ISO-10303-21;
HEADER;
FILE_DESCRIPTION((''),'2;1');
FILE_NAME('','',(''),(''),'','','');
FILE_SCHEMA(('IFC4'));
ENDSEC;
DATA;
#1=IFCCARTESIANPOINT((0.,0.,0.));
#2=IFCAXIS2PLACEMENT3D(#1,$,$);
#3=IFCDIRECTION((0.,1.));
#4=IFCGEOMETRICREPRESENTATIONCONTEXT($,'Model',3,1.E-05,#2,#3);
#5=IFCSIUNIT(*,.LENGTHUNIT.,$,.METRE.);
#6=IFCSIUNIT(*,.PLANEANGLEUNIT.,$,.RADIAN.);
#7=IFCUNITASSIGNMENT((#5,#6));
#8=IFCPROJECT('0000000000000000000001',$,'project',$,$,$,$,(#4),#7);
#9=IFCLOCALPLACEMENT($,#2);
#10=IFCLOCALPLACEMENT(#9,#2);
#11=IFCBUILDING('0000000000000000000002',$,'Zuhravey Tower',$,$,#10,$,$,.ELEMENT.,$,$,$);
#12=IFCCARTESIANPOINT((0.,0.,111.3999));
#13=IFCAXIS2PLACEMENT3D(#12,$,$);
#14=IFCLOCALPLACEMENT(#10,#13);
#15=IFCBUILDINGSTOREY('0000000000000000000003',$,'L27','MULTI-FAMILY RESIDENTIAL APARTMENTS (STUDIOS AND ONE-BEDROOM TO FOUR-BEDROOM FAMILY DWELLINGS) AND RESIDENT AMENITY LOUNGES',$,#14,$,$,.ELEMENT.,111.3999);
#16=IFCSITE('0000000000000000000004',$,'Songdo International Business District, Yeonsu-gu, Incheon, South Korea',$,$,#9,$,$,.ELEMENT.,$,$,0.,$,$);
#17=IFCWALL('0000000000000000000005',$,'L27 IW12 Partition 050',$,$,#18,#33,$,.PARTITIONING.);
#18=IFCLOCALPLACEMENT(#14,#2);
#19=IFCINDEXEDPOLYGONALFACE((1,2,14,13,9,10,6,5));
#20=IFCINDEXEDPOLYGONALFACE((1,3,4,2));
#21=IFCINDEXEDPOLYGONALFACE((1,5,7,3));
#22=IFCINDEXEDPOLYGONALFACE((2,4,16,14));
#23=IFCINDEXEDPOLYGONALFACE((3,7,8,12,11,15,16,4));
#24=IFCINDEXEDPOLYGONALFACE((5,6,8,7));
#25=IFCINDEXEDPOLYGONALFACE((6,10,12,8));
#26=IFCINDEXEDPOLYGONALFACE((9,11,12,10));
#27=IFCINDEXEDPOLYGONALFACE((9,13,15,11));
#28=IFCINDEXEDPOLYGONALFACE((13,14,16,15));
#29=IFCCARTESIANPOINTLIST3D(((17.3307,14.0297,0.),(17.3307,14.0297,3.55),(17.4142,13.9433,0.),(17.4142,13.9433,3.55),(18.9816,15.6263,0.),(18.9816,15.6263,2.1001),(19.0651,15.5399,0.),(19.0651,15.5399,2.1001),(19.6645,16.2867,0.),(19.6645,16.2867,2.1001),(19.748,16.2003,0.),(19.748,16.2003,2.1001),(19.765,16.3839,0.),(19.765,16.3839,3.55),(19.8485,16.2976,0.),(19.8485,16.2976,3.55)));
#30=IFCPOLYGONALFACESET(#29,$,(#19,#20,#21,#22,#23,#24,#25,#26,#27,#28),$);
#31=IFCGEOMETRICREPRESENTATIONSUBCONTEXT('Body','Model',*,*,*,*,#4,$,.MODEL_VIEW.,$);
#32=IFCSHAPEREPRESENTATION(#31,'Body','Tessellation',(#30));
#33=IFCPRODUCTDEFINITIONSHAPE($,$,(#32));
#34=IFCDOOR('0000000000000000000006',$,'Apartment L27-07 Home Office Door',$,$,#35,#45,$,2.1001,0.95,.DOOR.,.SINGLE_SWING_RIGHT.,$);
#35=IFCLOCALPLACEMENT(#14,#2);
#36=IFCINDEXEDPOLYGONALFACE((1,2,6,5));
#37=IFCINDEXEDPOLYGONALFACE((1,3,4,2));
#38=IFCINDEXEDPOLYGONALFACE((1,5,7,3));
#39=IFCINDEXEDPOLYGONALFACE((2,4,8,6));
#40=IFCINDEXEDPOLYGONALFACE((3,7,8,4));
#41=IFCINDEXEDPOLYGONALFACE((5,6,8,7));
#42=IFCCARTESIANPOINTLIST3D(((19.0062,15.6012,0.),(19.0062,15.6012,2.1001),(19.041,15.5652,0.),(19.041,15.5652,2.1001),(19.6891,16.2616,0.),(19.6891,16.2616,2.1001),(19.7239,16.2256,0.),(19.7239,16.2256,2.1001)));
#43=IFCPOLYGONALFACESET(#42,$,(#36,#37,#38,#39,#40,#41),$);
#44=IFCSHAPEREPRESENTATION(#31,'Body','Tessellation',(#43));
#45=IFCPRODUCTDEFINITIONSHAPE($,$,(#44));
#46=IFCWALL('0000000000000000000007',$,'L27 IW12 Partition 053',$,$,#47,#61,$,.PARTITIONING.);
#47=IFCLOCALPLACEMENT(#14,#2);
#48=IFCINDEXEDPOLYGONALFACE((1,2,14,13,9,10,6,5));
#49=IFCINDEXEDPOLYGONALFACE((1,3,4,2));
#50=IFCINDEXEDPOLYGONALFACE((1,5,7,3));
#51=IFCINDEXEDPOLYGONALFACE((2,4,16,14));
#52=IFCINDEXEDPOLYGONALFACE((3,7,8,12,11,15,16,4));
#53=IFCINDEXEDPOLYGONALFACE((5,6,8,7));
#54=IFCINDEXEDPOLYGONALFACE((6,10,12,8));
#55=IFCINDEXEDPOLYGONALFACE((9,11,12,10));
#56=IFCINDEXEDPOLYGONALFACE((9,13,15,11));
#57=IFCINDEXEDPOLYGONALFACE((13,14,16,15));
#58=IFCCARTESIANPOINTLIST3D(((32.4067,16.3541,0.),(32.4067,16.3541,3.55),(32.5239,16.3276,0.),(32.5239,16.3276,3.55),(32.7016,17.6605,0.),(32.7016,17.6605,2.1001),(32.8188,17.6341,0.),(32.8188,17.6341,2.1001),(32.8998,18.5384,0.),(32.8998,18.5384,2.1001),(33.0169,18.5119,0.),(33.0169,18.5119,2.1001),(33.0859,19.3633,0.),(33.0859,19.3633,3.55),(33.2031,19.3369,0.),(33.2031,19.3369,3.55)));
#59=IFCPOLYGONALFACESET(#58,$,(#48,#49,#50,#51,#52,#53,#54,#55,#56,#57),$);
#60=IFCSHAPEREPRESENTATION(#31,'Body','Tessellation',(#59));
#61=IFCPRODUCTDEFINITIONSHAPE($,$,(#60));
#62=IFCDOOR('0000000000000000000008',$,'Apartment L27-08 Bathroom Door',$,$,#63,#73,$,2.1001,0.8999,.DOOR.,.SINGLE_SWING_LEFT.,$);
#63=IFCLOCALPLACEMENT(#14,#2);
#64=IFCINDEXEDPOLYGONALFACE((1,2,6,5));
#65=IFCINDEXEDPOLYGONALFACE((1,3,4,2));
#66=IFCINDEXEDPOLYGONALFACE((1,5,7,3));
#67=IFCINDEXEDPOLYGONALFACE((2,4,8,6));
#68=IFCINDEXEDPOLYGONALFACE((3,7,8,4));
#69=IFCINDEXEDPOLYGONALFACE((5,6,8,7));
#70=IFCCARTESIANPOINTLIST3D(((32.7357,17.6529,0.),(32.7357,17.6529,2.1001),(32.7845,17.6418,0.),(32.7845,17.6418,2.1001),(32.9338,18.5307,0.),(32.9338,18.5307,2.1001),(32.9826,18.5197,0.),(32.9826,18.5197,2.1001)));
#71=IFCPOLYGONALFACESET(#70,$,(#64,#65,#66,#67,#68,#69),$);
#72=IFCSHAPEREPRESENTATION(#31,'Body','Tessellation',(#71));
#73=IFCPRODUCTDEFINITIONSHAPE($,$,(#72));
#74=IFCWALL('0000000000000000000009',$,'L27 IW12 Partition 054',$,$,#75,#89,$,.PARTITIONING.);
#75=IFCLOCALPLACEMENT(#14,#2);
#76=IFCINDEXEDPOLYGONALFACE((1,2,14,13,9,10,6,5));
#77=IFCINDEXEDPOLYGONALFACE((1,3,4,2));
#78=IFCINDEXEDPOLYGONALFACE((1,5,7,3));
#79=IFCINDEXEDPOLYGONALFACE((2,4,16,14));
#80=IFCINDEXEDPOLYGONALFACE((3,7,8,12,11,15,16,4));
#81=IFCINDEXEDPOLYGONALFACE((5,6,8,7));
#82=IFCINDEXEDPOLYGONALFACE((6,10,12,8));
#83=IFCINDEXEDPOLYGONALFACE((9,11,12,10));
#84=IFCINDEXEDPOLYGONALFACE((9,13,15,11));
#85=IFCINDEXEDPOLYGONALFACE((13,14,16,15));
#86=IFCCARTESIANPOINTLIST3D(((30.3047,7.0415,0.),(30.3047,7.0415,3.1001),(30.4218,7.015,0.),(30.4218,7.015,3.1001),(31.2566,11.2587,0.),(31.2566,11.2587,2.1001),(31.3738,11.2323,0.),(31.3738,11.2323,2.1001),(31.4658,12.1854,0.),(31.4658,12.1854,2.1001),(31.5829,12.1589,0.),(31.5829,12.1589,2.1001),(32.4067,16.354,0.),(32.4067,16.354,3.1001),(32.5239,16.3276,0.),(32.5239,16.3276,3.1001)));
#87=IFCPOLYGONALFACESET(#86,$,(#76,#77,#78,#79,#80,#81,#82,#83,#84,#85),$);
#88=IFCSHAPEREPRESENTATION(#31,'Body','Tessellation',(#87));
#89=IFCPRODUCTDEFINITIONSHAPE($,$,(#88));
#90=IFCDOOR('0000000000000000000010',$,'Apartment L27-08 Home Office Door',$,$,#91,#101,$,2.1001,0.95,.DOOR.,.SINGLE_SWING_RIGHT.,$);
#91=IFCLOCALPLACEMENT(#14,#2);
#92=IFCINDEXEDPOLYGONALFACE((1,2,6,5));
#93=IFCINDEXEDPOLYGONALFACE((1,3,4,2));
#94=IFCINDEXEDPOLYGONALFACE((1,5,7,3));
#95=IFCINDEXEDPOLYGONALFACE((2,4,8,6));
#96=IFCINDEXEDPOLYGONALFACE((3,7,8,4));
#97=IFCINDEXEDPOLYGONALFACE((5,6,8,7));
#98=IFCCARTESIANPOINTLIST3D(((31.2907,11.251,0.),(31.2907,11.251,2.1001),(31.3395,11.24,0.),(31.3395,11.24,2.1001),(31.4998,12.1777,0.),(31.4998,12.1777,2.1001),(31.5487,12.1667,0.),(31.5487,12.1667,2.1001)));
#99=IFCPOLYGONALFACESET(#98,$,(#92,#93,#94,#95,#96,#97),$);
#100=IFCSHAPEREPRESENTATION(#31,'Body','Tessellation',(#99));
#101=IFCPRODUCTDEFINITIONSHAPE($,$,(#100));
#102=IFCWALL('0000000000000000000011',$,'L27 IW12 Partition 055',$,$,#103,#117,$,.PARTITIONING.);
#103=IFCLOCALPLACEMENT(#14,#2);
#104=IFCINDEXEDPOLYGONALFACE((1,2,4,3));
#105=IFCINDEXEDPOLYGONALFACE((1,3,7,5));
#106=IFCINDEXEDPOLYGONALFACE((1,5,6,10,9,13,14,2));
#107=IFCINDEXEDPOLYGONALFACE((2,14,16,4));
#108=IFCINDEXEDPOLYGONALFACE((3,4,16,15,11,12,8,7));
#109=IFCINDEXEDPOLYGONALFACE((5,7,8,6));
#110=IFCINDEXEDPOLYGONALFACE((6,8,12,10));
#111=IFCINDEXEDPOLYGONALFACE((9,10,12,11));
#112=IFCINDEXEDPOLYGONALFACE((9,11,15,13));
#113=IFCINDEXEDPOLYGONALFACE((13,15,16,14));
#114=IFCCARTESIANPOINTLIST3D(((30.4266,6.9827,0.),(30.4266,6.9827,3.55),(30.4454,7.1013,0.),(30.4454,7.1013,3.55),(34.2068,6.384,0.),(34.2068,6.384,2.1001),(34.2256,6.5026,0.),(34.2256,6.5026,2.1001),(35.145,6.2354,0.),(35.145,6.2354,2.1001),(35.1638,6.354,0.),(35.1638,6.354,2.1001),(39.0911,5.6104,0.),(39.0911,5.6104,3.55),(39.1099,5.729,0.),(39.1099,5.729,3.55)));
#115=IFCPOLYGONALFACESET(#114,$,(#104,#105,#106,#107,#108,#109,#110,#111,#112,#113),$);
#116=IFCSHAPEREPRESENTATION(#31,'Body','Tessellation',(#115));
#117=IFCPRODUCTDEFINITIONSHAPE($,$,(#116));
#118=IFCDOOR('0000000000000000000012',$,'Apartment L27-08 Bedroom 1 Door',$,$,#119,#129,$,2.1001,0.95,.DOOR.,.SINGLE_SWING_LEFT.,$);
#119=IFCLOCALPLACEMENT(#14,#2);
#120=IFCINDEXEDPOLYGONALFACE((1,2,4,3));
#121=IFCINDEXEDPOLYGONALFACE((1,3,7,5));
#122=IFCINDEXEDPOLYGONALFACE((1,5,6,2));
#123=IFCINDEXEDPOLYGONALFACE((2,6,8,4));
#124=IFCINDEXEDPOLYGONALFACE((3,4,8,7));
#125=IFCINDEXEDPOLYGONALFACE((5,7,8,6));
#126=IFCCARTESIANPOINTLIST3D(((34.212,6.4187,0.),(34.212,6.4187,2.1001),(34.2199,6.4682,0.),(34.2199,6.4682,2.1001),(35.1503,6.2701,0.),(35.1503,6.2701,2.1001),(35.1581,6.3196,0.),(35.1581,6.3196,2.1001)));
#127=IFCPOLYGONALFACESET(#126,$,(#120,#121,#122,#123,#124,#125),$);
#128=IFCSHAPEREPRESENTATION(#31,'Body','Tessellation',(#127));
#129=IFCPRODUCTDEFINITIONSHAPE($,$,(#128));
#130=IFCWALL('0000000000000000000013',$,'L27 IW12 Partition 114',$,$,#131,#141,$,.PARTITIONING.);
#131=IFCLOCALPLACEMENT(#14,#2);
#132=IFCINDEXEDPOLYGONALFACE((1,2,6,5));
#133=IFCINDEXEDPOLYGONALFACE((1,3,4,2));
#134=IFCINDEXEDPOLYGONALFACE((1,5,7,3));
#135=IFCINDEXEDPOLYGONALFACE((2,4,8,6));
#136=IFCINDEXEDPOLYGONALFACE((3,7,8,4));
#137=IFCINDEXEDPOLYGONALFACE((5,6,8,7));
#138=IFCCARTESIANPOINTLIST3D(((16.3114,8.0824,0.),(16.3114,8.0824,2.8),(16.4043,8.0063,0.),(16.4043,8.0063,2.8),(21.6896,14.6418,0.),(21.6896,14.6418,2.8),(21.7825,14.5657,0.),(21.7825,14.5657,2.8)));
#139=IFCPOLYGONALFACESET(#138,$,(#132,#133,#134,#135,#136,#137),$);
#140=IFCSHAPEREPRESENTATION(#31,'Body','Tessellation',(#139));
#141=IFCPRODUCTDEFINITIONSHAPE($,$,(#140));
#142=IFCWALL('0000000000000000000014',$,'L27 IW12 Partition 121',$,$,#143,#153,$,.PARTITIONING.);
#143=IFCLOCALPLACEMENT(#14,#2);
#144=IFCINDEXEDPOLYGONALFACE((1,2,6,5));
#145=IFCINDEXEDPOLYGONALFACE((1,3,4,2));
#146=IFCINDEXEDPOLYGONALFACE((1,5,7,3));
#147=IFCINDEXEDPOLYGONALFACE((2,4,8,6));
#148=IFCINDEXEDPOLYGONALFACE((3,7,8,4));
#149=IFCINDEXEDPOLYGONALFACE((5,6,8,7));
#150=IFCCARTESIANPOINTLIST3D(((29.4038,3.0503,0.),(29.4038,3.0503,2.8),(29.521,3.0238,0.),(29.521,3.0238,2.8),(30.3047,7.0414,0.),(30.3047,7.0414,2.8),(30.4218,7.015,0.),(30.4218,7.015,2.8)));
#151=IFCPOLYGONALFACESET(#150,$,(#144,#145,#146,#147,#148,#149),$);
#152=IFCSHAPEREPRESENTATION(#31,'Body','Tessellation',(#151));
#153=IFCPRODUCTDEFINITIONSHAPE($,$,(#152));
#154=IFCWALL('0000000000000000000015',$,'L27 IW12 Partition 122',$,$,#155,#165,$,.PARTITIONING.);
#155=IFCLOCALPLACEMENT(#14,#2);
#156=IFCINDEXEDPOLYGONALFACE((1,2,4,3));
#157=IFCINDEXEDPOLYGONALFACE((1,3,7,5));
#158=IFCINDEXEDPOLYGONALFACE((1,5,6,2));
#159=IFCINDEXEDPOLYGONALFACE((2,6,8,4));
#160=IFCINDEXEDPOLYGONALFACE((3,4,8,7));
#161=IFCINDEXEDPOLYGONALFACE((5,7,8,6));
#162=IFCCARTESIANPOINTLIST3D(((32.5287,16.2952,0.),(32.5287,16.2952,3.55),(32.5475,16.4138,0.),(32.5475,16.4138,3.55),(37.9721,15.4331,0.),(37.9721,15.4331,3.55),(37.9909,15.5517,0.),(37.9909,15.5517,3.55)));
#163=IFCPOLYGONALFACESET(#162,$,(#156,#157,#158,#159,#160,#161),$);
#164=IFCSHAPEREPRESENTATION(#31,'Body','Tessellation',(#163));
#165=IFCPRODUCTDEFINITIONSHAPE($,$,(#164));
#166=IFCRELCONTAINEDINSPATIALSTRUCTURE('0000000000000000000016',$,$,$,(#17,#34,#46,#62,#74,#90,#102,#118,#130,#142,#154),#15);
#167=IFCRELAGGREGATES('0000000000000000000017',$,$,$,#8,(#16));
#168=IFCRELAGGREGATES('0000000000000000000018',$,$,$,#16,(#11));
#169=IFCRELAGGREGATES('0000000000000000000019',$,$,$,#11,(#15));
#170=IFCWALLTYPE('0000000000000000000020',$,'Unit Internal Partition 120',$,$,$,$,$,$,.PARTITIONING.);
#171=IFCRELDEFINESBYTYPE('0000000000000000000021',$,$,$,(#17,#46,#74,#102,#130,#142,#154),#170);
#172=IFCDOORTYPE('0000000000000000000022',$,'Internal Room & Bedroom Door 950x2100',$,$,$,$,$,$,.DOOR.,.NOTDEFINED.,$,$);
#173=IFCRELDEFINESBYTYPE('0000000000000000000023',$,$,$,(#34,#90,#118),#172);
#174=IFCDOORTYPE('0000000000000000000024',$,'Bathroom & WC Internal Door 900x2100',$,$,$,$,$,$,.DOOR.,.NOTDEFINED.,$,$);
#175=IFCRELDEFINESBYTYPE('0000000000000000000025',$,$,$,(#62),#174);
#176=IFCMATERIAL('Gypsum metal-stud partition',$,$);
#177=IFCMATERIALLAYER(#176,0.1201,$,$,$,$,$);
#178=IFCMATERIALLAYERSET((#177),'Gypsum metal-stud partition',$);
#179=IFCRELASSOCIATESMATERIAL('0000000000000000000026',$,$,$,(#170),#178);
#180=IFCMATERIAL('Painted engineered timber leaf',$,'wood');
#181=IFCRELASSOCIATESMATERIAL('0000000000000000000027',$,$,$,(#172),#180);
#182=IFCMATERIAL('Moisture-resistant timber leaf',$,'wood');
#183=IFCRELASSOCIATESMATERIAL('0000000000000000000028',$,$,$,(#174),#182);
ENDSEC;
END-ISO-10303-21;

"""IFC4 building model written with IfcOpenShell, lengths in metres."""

from ifc_helpers import new_model, si_unit, direction, frame, frame_2d, origin, place, context, subcontext, project, spatial, rectangle, extrude, material, layer, layer_set, type_object, element, fill, save


model = new_model("IFC4")

# Units and contexts
model_context = context("Model", 3, precision=1e-05, world=origin(), true_north=direction((0.0, 1.0)))
body_context = subcontext(model_context, "Body", "Model", "MODEL_VIEW")
ifc_project = project(units=[si_unit("LENGTHUNIT", "METRE"), si_unit("PLANEANGLEUNIT", "RADIAN")], contexts=[model_context])

# Site, building, storey
site_placement = place(None, origin())
site = spatial("IfcSite", under=ifc_project, at=site_placement, Name="Songdo International Business District, Yeonsu-gu, Incheon, South Korea", CompositionType="ELEMENT", RefElevation=0.0)
building_placement = place(site_placement, origin())
building = spatial("IfcBuilding", under=site, at=building_placement, Name="Zuhravey Tower", CompositionType="ELEMENT")
storey_placement = place(building_placement, frame((0.0, 0.0, 111.3999)))
storey = spatial("IfcBuildingStorey", under=building, at=storey_placement, Name="L27", Description="MULTI-FAMILY RESIDENTIAL APARTMENTS (STUDIOS AND ONE-BEDROOM TO FOUR-BEDROOM FAMILY DWELLINGS) AND RESIDENT AMENITY LOUNGES", CompositionType="ELEMENT", Elevation=111.3999)

# Shared definitions
ifc_material_1 = material(Name="Gypsum metal-stud partition")
ifc_layer_1 = layer(ifc_material_1, 0.1201)
ifc_layer_set_1 = layer_set([ifc_layer_1], Name="Gypsum metal-stud partition")
wall_type_1 = type_object("IfcWallType", Name="Unit Internal Partition 120", PredefinedType="PARTITIONING", material=ifc_layer_set_1)
ifc_material_2 = material(Name="Painted engineered timber leaf", Category="wood")
door_type_1 = type_object("IfcDoorType", Name="Internal Room & Bedroom Door 950x2100", OperationType="NOTDEFINED", PredefinedType="DOOR", material=ifc_material_2)

# Walls, openings, doors
wall_1_placement = place(storey_placement, frame((19.8069, 16.3408, 0.0), z_axis=(0.0, 0.0, 1.0), x_axis=(-0.718831, -0.695185, 0.0)))
wall_1 = element("IfcWall", 1, at=wall_1_placement, inside=storey, type_object=wall_type_1, Name="L27 IW12 Partition 050", PredefinedType="PARTITIONING", context=body_context, shape_type="SweptSolid", body=[
    extrude(rectangle(XDim=3.3865, YDim=0.1201, at=frame_2d((1.6934, 0.0))), origin(), (0.0, 0.0, 1.0), 3.55),
])
opening_1_placement = place(wall_1_placement, frame((0.1399, 0.0, 0.0)))
opening_1 = element("IfcOpeningElement", 2, at=opening_1_placement, cuts=wall_1, PredefinedType="OPENING", context=body_context, shape_type="SweptSolid", body=[
    extrude(rectangle(XDim=0.95, YDim=2.1001, at=frame_2d((0.4751, 1.05))), frame((0.0, 0.072, 0.0), z_axis=(0.0, -1.0, 0.0), x_axis=(1.0, 0.0, 0.0)), (0.0, 0.0, 1.0), 0.144),
])
door_1_placement = place(opening_1_placement, frame((0.95, 0.0, 0.0), z_axis=(0.0, 0.0, 1.0), x_axis=(-1.0, 0.0, 0.0)))
door_1 = element("IfcDoor", 3, at=door_1_placement, inside=storey, type_object=door_type_1, Name="Apartment L27-07 Home Office Door", OperationType="SINGLE_SWING_RIGHT", OverallHeight=2.1001, OverallWidth=0.95, PredefinedType="DOOR", context=body_context, shape_type="SweptSolid", body=[
    extrude(rectangle(XDim=0.95, YDim=2.1001, at=frame_2d((0.4751, 1.05))), frame((0.0, 0.0249, 0.0), z_axis=(0.0, -1.0, 0.0), x_axis=(1.0, 0.0, 0.0)), (0.0, 0.0, 1.0), 0.05),
])
fill(opening_1, door_1)
wall_2_placement = place(storey_placement, frame((33.1445, 19.3501, 0.0), z_axis=(0.0, 0.0, 1.0), x_axis=(-0.220164, -0.975463, 0.0)))
wall_2 = element("IfcWall", 4, at=wall_2_placement, inside=storey, type_object=wall_type_1, Name="L27 IW12 Partition 053", PredefinedType="PARTITIONING", context=body_context, shape_type="SweptSolid", body=[
    extrude(rectangle(XDim=3.085, YDim=0.1201, at=frame_2d((1.5425, 0.0))), origin(), (0.0, 0.0, 1.0), 3.55),
])
opening_2_placement = place(wall_2_placement, frame((0.8457, 0.0, 0.0)))
opening_2 = element("IfcOpeningElement", 5, at=opening_2_placement, cuts=wall_2, PredefinedType="OPENING", context=body_context, shape_type="SweptSolid", body=[
    extrude(rectangle(XDim=0.8999, YDim=2.1001, at=frame_2d((0.45, 1.05))), frame((0.0, 0.072, 0.0), z_axis=(0.0, -1.0, 0.0), x_axis=(1.0, 0.0, 0.0)), (0.0, 0.0, 1.0), 0.144),
])
ifc_material_3 = material(Name="Moisture-resistant timber leaf", Category="wood")
door_type_2 = type_object("IfcDoorType", Name="Bathroom & WC Internal Door 900x2100", OperationType="NOTDEFINED", PredefinedType="DOOR", material=ifc_material_3)
door_2_placement = place(opening_2_placement, origin())
door_2 = element("IfcDoor", 6, at=door_2_placement, inside=storey, type_object=door_type_2, Name="Apartment L27-08 Bathroom Door", OperationType="SINGLE_SWING_LEFT", OverallHeight=2.1001, OverallWidth=0.8999, PredefinedType="DOOR", context=body_context, shape_type="SweptSolid", body=[
    extrude(rectangle(XDim=0.8999, YDim=2.1001, at=frame_2d((0.45, 1.05))), frame((0.0, 0.0249, 0.0), z_axis=(0.0, -1.0, 0.0), x_axis=(1.0, 0.0, 0.0)), (0.0, 0.0, 1.0), 0.05),
])
fill(opening_2, door_2)
wall_3_placement = place(storey_placement, frame((32.4653, 16.3408, 0.0), z_axis=(0.0, 0.0, 1.0), x_axis=(-0.220184, -0.975458, 0.0)))
wall_3 = element("IfcWall", 7, at=wall_3_placement, inside=storey, type_object=wall_type_1, Name="L27 IW12 Partition 054", PredefinedType="PARTITIONING", context=body_context, shape_type="SweptSolid", body=[
    extrude(rectangle(XDim=9.5469, YDim=0.1201, at=frame_2d((4.7734, 0.0))), origin(), (0.0, 0.0, 1.0), 3.1001),
])
opening_3_placement = place(wall_3_placement, frame((4.2734, 0.0, 0.0)))
opening_3 = element("IfcOpeningElement", 8, at=opening_3_placement, cuts=wall_3, PredefinedType="OPENING", context=body_context, shape_type="SweptSolid", body=[
    extrude(rectangle(XDim=0.95, YDim=2.1001, at=frame_2d((0.4751, 1.05))), frame((0.0, 0.072, 0.0), z_axis=(0.0, -1.0, 0.0), x_axis=(1.0, 0.0, 0.0)), (0.0, 0.0, 1.0), 0.144),
])
door_3_placement = place(opening_3_placement, origin())
door_3 = element("IfcDoor", 9, at=door_3_placement, inside=storey, type_object=door_type_1, Name="Apartment L27-08 Home Office Door", OperationType="SINGLE_SWING_RIGHT", OverallHeight=2.1001, OverallWidth=0.95, PredefinedType="DOOR", context=body_context, shape_type="SweptSolid", body=[
    extrude(rectangle(XDim=0.95, YDim=2.1001, at=frame_2d((0.4751, 1.05))), frame((0.0, 0.0249, 0.0), z_axis=(0.0, -1.0, 0.0), x_axis=(1.0, 0.0, 0.0)), (0.0, 0.0, 1.0), 0.05),
])
fill(opening_3, door_3)
wall_4_placement = place(storey_placement, frame((30.436, 7.042, 0.0), z_axis=(0.0, 0.0, 1.0), x_axis=(0.987689, -0.156433, 0.0)))
wall_4 = element("IfcWall", 10, at=wall_4_placement, inside=storey, type_object=wall_type_1, Name="L27 IW12 Partition 055", PredefinedType="PARTITIONING", context=body_context, shape_type="SweptSolid", body=[
    extrude(rectangle(XDim=8.7725, YDim=0.1201, at=frame_2d((4.3862, 0.0))), origin(), (0.0, 0.0, 1.0), 3.55),
])
opening_4_placement = place(wall_4_placement, frame((3.8271, 0.0, 0.0)))
opening_4 = element("IfcOpeningElement", 11, at=opening_4_placement, cuts=wall_4, PredefinedType="OPENING", context=body_context, shape_type="SweptSolid", body=[
    extrude(rectangle(XDim=0.95, YDim=2.1001, at=frame_2d((0.4751, 1.05))), frame((0.0, 0.072, 0.0), z_axis=(0.0, -1.0, 0.0), x_axis=(1.0, 0.0, 0.0)), (0.0, 0.0, 1.0), 0.144),
])
door_4_placement = place(opening_4_placement, frame((0.95, 0.0, 0.0), z_axis=(0.0, 0.0, 1.0), x_axis=(-1.0, 0.0, 0.0)))
door_4 = element("IfcDoor", 12, at=door_4_placement, inside=storey, type_object=door_type_1, Name="Apartment L27-08 Bedroom 1 Door", OperationType="SINGLE_SWING_LEFT", OverallHeight=2.1001, OverallWidth=0.95, PredefinedType="DOOR", context=body_context, shape_type="SweptSolid", body=[
    extrude(rectangle(XDim=0.95, YDim=2.1001, at=frame_2d((0.4751, 1.05))), frame((0.0, 0.0249, 0.0), z_axis=(0.0, -1.0, 0.0), x_axis=(1.0, 0.0, 0.0)), (0.0, 0.0, 1.0), 0.05),
])
fill(opening_4, door_4)

# Walls
wall_5_placement = place(storey_placement, frame((21.7361, 14.6038, 0.0), z_axis=(0.0, 0.0, 1.0), x_axis=(-0.634046, -0.773295, 0.0)))
element("IfcWall", 13, at=wall_5_placement, inside=storey, type_object=wall_type_1, Name="L27 IW12 Partition 114", PredefinedType="PARTITIONING", context=body_context, shape_type="SweptSolid", body=[
    extrude(rectangle(XDim=8.4824, YDim=0.1201, at=frame_2d((4.2412, 0.0))), origin(), (0.0, 0.0, 1.0), 2.8),
])
wall_6_placement = place(storey_placement, frame((30.3633, 7.0283, 0.0), z_axis=(0.0, 0.0, 1.0), x_axis=(-0.220177, -0.97546, 0.0)))
element("IfcWall", 14, at=wall_6_placement, inside=storey, type_object=wall_type_1, Name="L27 IW12 Partition 121", PredefinedType="PARTITIONING", context=body_context, shape_type="SweptSolid", body=[
    extrude(rectangle(XDim=4.0916, YDim=0.1201, at=frame_2d((2.0459, 0.0))), origin(), (0.0, 0.0, 1.0), 2.8),
])
wall_7_placement = place(storey_placement, frame((32.5381, 16.3545, 0.0), z_axis=(0.0, 0.0, 1.0), x_axis=(0.987691, -0.15642, 0.0)))
element("IfcWall", 15, at=wall_7_placement, inside=storey, type_object=wall_type_1, Name="L27 IW12 Partition 122", PredefinedType="PARTITIONING", context=body_context, shape_type="SweptSolid", body=[
    extrude(rectangle(XDim=5.5112, YDim=0.1201, at=frame_2d((2.7556, 0.0))), origin(), (0.0, 0.0, 1.0), 3.55),
])

save(model, "model.ifc")
